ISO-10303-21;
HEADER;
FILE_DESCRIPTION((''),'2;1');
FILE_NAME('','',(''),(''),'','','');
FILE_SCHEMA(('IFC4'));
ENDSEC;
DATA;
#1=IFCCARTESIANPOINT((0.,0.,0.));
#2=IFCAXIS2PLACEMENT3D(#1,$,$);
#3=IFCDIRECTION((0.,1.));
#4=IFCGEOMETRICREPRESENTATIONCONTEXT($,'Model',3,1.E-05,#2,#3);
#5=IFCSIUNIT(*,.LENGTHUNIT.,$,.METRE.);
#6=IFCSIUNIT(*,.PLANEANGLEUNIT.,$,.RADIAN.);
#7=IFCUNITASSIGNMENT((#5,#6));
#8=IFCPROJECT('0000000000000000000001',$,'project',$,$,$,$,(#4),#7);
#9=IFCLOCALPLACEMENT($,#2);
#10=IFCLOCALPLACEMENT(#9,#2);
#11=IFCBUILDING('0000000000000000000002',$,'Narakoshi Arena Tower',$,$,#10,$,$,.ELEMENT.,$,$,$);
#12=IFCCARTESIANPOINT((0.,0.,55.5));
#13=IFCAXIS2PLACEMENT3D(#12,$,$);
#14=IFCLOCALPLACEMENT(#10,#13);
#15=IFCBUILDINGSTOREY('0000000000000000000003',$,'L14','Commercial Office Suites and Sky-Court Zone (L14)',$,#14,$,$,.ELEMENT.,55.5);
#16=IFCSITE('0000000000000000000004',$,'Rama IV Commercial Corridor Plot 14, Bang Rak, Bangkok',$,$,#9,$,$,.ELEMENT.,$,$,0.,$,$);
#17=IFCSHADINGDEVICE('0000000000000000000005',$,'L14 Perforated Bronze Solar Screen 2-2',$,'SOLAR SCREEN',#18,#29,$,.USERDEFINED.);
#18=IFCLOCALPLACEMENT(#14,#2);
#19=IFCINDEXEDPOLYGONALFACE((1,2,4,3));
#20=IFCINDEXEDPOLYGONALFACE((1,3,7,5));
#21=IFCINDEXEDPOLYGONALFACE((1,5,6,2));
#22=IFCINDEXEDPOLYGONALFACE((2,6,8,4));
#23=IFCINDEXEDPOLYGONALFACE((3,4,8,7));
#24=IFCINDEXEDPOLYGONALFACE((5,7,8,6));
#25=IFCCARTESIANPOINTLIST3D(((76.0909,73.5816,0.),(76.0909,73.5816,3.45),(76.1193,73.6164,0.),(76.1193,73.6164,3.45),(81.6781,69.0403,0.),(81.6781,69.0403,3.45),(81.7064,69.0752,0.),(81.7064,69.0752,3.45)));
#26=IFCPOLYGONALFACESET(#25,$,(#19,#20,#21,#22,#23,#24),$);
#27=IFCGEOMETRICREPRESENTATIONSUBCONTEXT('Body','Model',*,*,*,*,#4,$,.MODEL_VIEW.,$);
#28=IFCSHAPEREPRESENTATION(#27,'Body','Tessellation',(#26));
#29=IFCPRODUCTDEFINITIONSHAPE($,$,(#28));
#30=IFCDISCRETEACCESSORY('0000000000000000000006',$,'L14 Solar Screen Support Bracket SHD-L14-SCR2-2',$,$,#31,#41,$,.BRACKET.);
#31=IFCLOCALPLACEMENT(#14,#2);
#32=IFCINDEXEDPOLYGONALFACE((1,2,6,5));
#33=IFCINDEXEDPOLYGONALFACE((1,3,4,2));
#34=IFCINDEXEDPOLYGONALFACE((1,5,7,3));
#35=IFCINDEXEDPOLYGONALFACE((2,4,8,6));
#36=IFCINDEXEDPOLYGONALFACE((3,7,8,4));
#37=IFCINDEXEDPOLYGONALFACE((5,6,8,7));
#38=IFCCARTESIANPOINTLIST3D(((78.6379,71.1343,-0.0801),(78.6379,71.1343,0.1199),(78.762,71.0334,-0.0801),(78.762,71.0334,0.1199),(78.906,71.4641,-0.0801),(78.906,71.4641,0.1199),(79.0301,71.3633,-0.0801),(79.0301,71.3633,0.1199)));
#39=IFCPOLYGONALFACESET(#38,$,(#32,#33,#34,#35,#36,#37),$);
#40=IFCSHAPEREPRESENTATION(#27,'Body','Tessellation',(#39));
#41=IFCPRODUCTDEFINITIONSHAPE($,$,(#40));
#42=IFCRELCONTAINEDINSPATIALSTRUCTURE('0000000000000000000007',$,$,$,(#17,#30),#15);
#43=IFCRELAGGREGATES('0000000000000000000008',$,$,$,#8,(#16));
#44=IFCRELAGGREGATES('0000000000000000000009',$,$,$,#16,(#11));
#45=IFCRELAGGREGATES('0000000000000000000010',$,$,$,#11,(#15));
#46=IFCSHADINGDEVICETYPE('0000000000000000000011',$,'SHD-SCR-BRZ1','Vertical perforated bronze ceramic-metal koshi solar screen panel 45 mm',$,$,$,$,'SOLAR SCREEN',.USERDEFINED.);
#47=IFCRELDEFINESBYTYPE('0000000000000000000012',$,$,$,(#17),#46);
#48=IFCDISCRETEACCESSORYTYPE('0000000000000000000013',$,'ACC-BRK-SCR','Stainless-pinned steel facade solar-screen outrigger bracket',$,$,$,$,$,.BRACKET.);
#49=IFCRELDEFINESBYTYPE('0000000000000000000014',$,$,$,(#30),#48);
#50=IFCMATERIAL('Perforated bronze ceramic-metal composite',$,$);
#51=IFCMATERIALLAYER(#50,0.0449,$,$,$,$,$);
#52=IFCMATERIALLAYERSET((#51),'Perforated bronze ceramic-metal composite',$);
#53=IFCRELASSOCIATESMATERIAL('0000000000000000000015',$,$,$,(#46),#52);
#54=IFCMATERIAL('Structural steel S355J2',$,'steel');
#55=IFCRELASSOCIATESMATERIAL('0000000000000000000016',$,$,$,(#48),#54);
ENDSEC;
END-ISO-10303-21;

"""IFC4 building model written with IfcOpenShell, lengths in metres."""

from ifc_helpers import new_model, si_unit, direction, frame, origin, origin_2d, place, context, subcontext, project, spatial, rectangle, extrude, material, layer, layer_set, type_object, element, save


model = new_model("IFC4")

# Units and contexts
model_context = context("Model", 3, precision=1e-05, world=origin(), true_north=direction((0.0, 1.0)))
body_context = subcontext(model_context, "Body", "Model", "MODEL_VIEW")
ifc_project = project(units=[si_unit("LENGTHUNIT", "METRE"), si_unit("PLANEANGLEUNIT", "RADIAN")], contexts=[model_context])

# Site, building, storey
site_placement = place(None, origin())
site = spatial("IfcSite", under=ifc_project, at=site_placement, Name="Rama IV Commercial Corridor Plot 14, Bang Rak, Bangkok", CompositionType="ELEMENT", RefElevation=0.0)
building_placement = place(site_placement, origin())
building = spatial("IfcBuilding", under=site, at=building_placement, Name="Narakoshi Arena Tower", CompositionType="ELEMENT")
storey_placement = place(building_placement, frame((0.0, 0.0, 55.5)))
storey = spatial("IfcBuildingStorey", under=building, at=storey_placement, Name="L14", Description="Commercial Office Suites and Sky-Court Zone (L14)", CompositionType="ELEMENT", Elevation=55.5)

# Shared definitions
ifc_material_1 = material(Name="Structural steel S355J2", Category="steel")

# Shading device
ifc_material_2 = material(Name="Perforated bronze ceramic-metal composite")
ifc_layer_1 = layer(ifc_material_2, 0.0449)
ifc_layer_set_1 = layer_set([ifc_layer_1], Name="Perforated bronze ceramic-metal composite")
shading_device_type = type_object("IfcShadingDeviceType", Name="SHD-SCR-BRZ1", Description="Vertical perforated bronze ceramic-metal koshi solar screen panel 45 mm", ElementType="SOLAR SCREEN", PredefinedType="USERDEFINED", material=ifc_layer_set_1)
shading_device_placement = place(storey_placement, frame((78.8987, 71.3284, 0.0), z_axis=(0.0, 0.0, 1.0), x_axis=(-0.776002, 0.63073, 0.0)))
element("IfcShadingDevice", 1, at=shading_device_placement, inside=storey, type_object=shading_device_type, Name="L14 Perforated Bronze Solar Screen 2-2", ObjectType="SOLAR SCREEN", PredefinedType="USERDEFINED", context=body_context, shape_type="SweptSolid", body=[
    extrude(rectangle(XDim=7.2, YDim=0.0449, at=origin_2d()), origin(), (0.0, 0.0, 1.0), 3.45),
])

# Discrete accessory
discrete_accessory_type = type_object("IfcDiscreteAccessoryType", Name="ACC-BRK-SCR", Description="Stainless-pinned steel facade solar-screen outrigger bracket", PredefinedType="BRACKET", material=ifc_material_1)
discrete_accessory_placement = place(storey_placement, frame((78.834, 71.2488, -0.0801), z_axis=(0.0, 0.0, 1.0), x_axis=(-0.776002, 0.63073, 0.0)))
element("IfcDiscreteAccessory", 2, at=discrete_accessory_placement, inside=storey, type_object=discrete_accessory_type, Name="L14 Solar Screen Support Bracket SHD-L14-SCR2-2", PredefinedType="BRACKET", context=body_context, shape_type="SweptSolid", body=[
    extrude(rectangle(XDim=0.1599, YDim=0.425, at=origin_2d()), origin(), (0.0, 0.0, 1.0), 0.2),
])

save(model, "model.ifc")
